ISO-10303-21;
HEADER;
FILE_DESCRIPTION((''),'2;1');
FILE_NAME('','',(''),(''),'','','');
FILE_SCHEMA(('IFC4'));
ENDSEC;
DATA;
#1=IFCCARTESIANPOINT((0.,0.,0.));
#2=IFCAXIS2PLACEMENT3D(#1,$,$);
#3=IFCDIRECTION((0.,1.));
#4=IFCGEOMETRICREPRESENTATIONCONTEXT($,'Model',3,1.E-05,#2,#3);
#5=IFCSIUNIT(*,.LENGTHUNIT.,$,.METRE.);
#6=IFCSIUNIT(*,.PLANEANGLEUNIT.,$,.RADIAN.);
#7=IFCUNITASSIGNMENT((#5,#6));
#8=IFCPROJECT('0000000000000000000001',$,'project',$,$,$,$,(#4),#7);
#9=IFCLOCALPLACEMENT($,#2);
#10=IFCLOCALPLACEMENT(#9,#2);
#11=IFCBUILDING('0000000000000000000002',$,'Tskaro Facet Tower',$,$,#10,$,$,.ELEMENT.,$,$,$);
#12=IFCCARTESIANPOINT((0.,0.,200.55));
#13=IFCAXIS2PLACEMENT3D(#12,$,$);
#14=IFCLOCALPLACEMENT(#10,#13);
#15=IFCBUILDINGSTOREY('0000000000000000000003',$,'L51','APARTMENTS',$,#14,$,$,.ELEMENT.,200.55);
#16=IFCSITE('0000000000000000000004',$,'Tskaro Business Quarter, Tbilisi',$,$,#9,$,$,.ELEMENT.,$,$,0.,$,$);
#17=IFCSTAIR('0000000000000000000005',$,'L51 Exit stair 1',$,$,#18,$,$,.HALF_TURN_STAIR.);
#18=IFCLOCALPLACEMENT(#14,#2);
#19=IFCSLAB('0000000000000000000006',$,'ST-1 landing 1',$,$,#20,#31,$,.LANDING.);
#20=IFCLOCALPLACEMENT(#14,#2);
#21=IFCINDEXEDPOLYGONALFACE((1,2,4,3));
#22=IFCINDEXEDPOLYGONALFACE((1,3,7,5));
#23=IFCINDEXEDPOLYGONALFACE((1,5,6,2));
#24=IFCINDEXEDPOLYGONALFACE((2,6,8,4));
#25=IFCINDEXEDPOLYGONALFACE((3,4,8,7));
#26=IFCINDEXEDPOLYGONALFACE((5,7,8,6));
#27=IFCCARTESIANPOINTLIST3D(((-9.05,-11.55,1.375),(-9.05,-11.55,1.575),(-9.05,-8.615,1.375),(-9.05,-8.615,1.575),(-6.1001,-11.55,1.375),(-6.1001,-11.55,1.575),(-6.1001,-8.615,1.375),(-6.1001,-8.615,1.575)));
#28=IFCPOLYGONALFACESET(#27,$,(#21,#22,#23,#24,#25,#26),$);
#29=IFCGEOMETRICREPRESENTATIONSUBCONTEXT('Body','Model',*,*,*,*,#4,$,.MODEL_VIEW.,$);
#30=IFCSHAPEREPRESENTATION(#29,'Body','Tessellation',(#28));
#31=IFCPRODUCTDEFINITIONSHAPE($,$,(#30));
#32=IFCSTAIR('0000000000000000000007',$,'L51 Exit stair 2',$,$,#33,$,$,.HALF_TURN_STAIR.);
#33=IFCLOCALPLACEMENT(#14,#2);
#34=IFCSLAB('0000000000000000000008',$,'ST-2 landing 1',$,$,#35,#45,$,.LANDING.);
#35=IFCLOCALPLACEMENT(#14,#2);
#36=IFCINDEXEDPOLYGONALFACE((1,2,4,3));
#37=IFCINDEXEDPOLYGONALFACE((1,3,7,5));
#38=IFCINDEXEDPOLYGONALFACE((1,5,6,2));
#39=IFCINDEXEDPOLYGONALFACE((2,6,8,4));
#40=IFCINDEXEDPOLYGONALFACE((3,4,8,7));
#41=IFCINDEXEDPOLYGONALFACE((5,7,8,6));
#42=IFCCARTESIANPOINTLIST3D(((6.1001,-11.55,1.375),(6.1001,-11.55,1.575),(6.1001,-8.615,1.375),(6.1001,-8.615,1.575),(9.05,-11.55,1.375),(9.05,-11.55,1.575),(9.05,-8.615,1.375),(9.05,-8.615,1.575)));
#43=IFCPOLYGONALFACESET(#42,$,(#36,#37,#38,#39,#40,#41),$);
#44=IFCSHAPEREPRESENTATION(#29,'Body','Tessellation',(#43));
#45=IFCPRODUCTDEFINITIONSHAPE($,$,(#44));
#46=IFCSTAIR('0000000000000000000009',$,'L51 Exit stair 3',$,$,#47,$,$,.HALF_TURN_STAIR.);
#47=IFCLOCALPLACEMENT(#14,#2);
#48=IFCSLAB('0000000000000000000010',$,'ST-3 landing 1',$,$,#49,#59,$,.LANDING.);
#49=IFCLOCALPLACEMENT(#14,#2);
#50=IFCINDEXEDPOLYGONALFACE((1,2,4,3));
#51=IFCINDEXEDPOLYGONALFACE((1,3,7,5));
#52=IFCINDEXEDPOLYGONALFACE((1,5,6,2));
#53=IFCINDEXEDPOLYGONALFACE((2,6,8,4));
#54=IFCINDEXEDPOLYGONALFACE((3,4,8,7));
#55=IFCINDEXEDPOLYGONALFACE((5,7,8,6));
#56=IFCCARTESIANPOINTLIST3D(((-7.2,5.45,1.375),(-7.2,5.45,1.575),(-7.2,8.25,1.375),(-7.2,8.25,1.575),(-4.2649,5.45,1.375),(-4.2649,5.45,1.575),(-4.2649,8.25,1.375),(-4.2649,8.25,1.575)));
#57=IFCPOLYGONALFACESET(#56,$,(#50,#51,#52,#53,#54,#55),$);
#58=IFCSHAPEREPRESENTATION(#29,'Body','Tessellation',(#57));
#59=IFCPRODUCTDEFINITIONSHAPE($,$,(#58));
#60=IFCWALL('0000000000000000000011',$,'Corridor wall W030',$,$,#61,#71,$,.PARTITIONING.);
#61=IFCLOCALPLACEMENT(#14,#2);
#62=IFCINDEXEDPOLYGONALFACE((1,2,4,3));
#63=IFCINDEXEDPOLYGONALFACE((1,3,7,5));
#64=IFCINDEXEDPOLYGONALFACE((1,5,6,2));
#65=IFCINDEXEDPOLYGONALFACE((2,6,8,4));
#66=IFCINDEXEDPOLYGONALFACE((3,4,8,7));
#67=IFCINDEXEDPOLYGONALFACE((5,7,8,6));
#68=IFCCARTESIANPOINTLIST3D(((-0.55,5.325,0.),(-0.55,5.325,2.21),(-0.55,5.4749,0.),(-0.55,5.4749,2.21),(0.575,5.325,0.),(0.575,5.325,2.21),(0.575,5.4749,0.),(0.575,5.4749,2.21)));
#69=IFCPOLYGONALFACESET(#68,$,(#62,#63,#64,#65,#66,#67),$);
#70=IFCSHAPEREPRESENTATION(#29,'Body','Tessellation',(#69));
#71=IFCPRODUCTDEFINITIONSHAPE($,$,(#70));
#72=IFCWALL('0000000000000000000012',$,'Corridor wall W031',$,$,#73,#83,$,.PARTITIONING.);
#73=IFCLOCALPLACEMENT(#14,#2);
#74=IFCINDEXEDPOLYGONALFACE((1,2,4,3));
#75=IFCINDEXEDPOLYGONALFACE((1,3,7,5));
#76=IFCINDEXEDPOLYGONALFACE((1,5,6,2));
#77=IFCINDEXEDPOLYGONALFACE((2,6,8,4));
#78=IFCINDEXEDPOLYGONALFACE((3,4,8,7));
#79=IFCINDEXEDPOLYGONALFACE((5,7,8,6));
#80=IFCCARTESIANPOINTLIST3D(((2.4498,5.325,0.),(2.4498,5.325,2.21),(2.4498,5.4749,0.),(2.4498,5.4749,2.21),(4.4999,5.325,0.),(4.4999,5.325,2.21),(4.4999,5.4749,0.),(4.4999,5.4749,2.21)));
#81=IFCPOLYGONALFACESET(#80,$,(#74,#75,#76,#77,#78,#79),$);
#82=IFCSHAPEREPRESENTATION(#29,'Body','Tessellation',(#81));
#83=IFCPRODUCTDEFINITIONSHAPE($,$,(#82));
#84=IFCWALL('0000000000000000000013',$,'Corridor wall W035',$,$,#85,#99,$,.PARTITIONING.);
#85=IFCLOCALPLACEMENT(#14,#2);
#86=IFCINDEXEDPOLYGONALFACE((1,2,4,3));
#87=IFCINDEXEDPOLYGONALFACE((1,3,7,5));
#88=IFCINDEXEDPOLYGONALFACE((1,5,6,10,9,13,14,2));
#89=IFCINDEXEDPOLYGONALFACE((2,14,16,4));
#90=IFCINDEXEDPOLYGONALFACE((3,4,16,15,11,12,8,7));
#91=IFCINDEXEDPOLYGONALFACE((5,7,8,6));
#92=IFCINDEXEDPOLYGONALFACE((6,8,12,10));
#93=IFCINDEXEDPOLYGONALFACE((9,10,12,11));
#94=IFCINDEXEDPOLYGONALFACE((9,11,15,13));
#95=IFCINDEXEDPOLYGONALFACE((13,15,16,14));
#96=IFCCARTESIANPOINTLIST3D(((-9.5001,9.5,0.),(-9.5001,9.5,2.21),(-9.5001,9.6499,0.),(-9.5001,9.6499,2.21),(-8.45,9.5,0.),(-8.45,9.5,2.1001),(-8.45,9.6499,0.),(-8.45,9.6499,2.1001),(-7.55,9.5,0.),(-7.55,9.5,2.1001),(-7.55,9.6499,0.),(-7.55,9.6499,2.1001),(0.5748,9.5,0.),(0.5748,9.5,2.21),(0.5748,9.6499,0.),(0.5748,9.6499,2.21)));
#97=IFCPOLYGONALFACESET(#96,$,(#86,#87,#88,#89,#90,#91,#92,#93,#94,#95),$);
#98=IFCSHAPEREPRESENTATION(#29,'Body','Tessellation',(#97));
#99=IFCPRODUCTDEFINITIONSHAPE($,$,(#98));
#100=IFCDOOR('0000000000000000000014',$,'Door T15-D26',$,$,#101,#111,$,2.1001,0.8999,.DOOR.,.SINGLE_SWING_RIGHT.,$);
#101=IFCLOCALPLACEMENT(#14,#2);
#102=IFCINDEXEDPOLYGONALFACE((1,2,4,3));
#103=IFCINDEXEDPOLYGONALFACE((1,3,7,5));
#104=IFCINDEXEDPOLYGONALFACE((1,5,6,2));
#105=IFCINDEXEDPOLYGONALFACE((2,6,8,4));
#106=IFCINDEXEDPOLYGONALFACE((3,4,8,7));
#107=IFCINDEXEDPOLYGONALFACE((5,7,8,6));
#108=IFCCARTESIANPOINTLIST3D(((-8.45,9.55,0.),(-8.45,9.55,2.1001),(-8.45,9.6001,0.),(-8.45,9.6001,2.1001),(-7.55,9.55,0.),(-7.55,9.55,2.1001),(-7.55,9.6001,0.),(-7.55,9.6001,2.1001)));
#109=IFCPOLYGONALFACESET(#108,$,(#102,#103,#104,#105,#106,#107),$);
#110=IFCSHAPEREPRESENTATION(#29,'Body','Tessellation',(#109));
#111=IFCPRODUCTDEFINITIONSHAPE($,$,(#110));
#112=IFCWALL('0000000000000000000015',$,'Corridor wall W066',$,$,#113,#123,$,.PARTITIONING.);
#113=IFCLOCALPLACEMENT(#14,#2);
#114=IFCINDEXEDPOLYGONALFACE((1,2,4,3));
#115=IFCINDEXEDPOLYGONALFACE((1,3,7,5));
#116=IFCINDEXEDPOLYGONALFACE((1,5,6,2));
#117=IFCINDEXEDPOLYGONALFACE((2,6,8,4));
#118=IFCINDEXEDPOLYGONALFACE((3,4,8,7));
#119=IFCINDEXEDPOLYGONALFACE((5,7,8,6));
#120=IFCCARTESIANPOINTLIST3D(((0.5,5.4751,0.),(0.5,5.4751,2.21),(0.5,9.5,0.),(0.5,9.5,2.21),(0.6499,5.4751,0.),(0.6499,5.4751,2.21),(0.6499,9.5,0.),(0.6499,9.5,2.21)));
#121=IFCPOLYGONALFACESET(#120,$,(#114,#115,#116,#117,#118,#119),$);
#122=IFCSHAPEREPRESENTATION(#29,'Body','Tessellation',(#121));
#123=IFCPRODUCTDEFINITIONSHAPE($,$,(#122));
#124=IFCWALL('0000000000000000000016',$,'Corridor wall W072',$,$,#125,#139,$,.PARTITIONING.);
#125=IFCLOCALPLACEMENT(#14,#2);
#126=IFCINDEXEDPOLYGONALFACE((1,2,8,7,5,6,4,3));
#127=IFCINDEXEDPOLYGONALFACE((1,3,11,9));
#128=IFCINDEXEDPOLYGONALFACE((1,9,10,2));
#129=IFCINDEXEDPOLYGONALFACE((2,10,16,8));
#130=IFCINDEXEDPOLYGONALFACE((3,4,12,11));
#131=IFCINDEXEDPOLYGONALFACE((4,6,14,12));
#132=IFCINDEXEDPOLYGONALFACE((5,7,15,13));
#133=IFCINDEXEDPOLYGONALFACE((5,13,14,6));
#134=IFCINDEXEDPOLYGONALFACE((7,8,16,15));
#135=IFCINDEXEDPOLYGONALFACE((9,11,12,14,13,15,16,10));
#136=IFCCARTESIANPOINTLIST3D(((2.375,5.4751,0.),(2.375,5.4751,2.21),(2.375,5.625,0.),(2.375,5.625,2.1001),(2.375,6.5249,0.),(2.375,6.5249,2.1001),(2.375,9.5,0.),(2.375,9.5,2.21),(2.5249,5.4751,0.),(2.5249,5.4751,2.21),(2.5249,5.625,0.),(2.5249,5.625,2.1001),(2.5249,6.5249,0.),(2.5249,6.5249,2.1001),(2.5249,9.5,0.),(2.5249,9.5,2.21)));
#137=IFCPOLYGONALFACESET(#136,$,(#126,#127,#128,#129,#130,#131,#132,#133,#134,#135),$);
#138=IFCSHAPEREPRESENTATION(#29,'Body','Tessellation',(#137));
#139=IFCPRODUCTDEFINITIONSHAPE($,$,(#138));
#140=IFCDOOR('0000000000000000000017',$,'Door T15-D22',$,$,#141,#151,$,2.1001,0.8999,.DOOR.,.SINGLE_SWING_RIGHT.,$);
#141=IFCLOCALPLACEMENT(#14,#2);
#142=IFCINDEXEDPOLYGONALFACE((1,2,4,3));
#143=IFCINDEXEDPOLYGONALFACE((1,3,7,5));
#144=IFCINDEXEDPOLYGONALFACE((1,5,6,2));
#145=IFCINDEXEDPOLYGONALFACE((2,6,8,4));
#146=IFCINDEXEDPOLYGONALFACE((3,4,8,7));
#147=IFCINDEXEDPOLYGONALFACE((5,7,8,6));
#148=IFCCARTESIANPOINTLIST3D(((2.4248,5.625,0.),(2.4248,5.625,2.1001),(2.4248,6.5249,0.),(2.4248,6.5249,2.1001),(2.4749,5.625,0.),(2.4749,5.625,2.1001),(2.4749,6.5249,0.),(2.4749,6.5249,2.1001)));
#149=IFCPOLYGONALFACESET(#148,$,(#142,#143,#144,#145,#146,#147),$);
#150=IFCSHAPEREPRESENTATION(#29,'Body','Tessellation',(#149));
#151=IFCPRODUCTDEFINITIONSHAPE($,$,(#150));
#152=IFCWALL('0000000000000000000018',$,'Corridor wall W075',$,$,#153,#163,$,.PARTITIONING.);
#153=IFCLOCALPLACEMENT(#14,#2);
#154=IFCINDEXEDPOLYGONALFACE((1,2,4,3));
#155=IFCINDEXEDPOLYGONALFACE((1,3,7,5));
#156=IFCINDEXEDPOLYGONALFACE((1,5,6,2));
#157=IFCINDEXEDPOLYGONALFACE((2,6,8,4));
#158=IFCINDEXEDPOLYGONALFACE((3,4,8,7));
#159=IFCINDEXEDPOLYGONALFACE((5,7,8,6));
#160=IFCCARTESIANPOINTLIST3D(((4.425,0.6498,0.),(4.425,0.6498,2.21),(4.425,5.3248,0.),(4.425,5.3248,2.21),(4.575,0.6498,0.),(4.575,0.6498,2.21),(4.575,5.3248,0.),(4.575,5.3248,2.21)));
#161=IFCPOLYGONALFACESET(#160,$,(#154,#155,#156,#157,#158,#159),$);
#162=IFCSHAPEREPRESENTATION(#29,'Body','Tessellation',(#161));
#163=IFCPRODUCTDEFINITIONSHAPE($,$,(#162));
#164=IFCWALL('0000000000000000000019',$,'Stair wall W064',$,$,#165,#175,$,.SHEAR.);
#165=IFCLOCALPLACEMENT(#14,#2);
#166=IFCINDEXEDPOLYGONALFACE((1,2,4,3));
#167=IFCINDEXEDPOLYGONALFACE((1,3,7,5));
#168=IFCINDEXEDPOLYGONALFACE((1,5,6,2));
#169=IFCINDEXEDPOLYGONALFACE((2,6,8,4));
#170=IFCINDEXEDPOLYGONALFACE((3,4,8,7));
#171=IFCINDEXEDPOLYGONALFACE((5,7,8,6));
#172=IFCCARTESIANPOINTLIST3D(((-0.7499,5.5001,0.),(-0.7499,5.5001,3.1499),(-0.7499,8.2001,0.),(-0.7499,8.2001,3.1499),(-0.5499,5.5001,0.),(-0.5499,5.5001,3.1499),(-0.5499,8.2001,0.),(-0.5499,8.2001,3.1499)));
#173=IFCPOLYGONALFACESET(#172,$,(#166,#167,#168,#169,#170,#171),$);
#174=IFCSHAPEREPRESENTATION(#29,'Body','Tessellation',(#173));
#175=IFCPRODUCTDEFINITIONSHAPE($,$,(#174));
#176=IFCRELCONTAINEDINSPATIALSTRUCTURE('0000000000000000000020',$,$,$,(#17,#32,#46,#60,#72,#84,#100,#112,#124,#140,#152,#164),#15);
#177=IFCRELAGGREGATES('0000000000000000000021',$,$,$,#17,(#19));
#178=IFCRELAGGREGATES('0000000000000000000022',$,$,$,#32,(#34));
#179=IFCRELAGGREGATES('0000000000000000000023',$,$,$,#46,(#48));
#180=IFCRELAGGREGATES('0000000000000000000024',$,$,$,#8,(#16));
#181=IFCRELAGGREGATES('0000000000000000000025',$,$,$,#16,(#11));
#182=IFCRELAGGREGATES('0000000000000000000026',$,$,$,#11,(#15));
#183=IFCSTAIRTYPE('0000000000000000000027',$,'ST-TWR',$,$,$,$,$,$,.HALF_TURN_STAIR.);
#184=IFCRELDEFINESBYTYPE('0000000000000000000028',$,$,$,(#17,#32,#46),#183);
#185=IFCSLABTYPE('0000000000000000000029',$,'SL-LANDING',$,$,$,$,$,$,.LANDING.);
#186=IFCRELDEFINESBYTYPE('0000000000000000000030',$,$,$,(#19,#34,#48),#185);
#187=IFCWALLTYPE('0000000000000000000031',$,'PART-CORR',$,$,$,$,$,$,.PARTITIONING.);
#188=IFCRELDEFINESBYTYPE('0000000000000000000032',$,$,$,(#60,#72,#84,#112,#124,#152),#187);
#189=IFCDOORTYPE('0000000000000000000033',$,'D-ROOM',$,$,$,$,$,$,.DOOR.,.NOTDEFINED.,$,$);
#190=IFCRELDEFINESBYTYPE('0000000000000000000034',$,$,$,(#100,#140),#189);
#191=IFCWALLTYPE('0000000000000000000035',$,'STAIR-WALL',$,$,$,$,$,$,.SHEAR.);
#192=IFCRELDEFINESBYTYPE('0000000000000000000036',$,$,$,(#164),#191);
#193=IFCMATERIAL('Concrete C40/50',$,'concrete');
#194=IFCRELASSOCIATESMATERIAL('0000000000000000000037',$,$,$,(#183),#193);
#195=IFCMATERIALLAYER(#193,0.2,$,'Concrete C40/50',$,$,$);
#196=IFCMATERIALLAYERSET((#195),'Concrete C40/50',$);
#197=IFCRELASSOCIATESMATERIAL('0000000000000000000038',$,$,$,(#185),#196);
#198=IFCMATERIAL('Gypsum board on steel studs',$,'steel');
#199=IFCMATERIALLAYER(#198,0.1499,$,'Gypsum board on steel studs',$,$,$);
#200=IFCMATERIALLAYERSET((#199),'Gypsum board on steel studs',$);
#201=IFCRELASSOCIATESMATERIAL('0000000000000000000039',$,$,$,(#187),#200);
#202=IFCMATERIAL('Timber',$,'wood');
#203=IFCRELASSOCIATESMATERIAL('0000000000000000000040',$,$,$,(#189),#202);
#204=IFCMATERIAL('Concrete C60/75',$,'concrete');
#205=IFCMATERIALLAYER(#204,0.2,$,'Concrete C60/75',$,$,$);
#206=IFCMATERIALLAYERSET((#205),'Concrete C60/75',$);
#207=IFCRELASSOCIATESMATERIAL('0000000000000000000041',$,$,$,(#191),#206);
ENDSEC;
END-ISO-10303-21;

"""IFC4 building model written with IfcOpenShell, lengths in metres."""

from ifc_helpers import new_model, si_unit, direction, frame, frame_2d, origin, place, context, subcontext, project, spatial, polyline, rectangle, outline, extrude, material, layer, layer_set, type_object, element, fill, aggregate, save


model = new_model("IFC4")

# Units and contexts
model_context = context("Model", 3, precision=1e-05, world=origin(), true_north=direction((0.0, 1.0)))
body_context = subcontext(model_context, "Body", "Model", "MODEL_VIEW")
ifc_project = project(units=[si_unit("LENGTHUNIT", "METRE"), si_unit("PLANEANGLEUNIT", "RADIAN")], contexts=[model_context])

# Site, building, storey
site_placement = place(None, origin())
site = spatial("IfcSite", under=ifc_project, at=site_placement, Name="Tskaro Business Quarter, Tbilisi", CompositionType="ELEMENT", RefElevation=0.0)
building_placement = place(site_placement, origin())
building = spatial("IfcBuilding", under=site, at=building_placement, Name="Tskaro Facet Tower", CompositionType="ELEMENT")
storey_placement = place(building_placement, frame((0.0, 0.0, 200.55)))
storey = spatial("IfcBuildingStorey", under=building, at=storey_placement, Name="L51", Description="APARTMENTS", CompositionType="ELEMENT", Elevation=200.55)

# Stairs, slabs
ifc_material_1 = material(Name="Concrete C40/50", Category="concrete")
stair_type = type_object("IfcStairType", Name="ST-TWR", PredefinedType="HALF_TURN_STAIR", material=ifc_material_1)
stair_1_placement = place(storey_placement, origin())
stair_1 = element("IfcStair", 1, at=stair_1_placement, inside=storey, type_object=stair_type, Name="L51 Exit stair 1", PredefinedType="HALF_TURN_STAIR")
ifc_layer_1 = layer(ifc_material_1, 0.2, Name="Concrete C40/50")
ifc_layer_set_1 = layer_set([ifc_layer_1], Name="Concrete C40/50")
slab_type = type_object("IfcSlabType", Name="SL-LANDING", PredefinedType="LANDING", material=ifc_layer_set_1)
slab_1_placement = place(storey_placement, frame((0.0, 0.0, 1.375)))
slab_1 = element("IfcSlab", 2, at=slab_1_placement, type_object=slab_type, Name="ST-1 landing 1", PredefinedType="LANDING", context=body_context, shape_type="SweptSolid", body=[
    extrude(outline(polyline([(-9.05, -11.55), (-6.1001, -11.55), (-6.1001, -8.615), (-9.05, -8.615), (-9.05, -11.55)])), origin(), (0.0, 0.0, 1.0), 0.2),
])
aggregate(stair_1, [slab_1])
stair_2_placement = place(storey_placement, origin())
stair_2 = element("IfcStair", 3, at=stair_2_placement, inside=storey, type_object=stair_type, Name="L51 Exit stair 2", PredefinedType="HALF_TURN_STAIR")
slab_2_placement = place(storey_placement, frame((0.0, 0.0, 1.375)))
slab_2 = element("IfcSlab", 4, at=slab_2_placement, type_object=slab_type, Name="ST-2 landing 1", PredefinedType="LANDING", context=body_context, shape_type="SweptSolid", body=[
    extrude(outline(polyline([(6.1001, -11.55), (9.05, -11.55), (9.05, -8.615), (6.1001, -8.615), (6.1001, -11.55)])), origin(), (0.0, 0.0, 1.0), 0.2),
])
aggregate(stair_2, [slab_2])
stair_3_placement = place(storey_placement, origin())
stair_3 = element("IfcStair", 5, at=stair_3_placement, inside=storey, type_object=stair_type, Name="L51 Exit stair 3", PredefinedType="HALF_TURN_STAIR")
slab_3_placement = place(storey_placement, frame((0.0, 0.0, 1.375)))
slab_3 = element("IfcSlab", 6, at=slab_3_placement, type_object=slab_type, Name="ST-3 landing 1", PredefinedType="LANDING", context=body_context, shape_type="SweptSolid", body=[
    extrude(outline(polyline([(-7.2, 5.45), (-4.2649, 5.45), (-4.2649, 8.25), (-7.2, 8.25), (-7.2, 5.45)])), origin(), (0.0, 0.0, 1.0), 0.2),
])

# Walls
ifc_material_2 = material(Name="Gypsum board on steel studs", Category="steel")
ifc_layer_2 = layer(ifc_material_2, 0.1499, Name="Gypsum board on steel studs")
ifc_layer_set_2 = layer_set([ifc_layer_2], Name="Gypsum board on steel studs")
wall_type_1 = type_object("IfcWallType", Name="PART-CORR", PredefinedType="PARTITIONING", material=ifc_layer_set_2)
wall_1_placement = place(storey_placement, frame((-0.55, 5.3999, 0.0), z_axis=(0.0, 0.0, 1.0), x_axis=(1.0, 0.0, 0.0)))
element("IfcWall", 7, at=wall_1_placement, inside=storey, type_object=wall_type_1, Name="Corridor wall W030", PredefinedType="PARTITIONING", context=body_context, shape_type="SweptSolid", body=[
    extrude(rectangle(XDim=1.125, YDim=0.1499, at=frame_2d((0.5625, 0.0))), origin(), (0.0, 0.0, 1.0), 2.21),
])
wall_2_placement = place(storey_placement, frame((2.45, 5.3999, 0.0), z_axis=(0.0, 0.0, 1.0), x_axis=(1.0, 0.0, 0.0)))
element("IfcWall", 8, at=wall_2_placement, inside=storey, type_object=wall_type_1, Name="Corridor wall W031", PredefinedType="PARTITIONING", context=body_context, shape_type="SweptSolid", body=[
    extrude(rectangle(XDim=2.05, YDim=0.1499, at=frame_2d((1.0249, 0.0))), origin(), (0.0, 0.0, 1.0), 2.21),
])

# Wall, opening, door
wall_3_placement = place(storey_placement, frame((0.575, 9.575, 0.0), z_axis=(0.0, 0.0, 1.0), x_axis=(-1.0, 0.0, 0.0)))
wall_3 = element("IfcWall", 9, at=wall_3_placement, inside=storey, type_object=wall_type_1, Name="Corridor wall W035", PredefinedType="PARTITIONING", context=body_context, shape_type="SweptSolid", body=[
    extrude(rectangle(XDim=10.075, YDim=0.1499, at=frame_2d((5.0376, 0.0))), origin(), (0.0, 0.0, 1.0), 2.21),
])
opening_1_placement = place(wall_3_placement, frame((8.125, 0.0, 0.0)))
opening_1 = element("IfcOpeningElement", 10, at=opening_1_placement, cuts=wall_3, PredefinedType="OPENING", context=body_context, shape_type="SweptSolid", body=[
    extrude(rectangle(XDim=0.8999, YDim=2.1001, at=frame_2d((0.45, 1.05))), frame((0.0, 0.085, 0.0), z_axis=(0.0, -1.0, 0.0), x_axis=(1.0, 0.0, 0.0)), (0.0, 0.0, 1.0), 0.1699),
])
ifc_material_3 = material(Name="Timber", Category="wood")
door_type = type_object("IfcDoorType", Name="D-ROOM", OperationType="NOTDEFINED", PredefinedType="DOOR", material=ifc_material_3)
door_1_placement = place(opening_1_placement, origin())
door_1 = element("IfcDoor", 11, at=door_1_placement, inside=storey, type_object=door_type, Name="Door T15-D26", OperationType="SINGLE_SWING_RIGHT", OverallHeight=2.1001, OverallWidth=0.8999, PredefinedType="DOOR", context=body_context, shape_type="SweptSolid", body=[
    extrude(rectangle(XDim=0.8999, YDim=2.1001, at=frame_2d((0.45, 1.05))), frame((0.0, 0.0249, 0.0), z_axis=(0.0, -1.0, 0.0), x_axis=(1.0, 0.0, 0.0)), (0.0, 0.0, 1.0), 0.05),
])
fill(opening_1, door_1)

# Wall
wall_4_placement = place(storey_placement, frame((0.575, 5.4751, 0.0), z_axis=(0.0, 0.0, 1.0), x_axis=(0.0, 1.0, 0.0)))
element("IfcWall", 12, at=wall_4_placement, inside=storey, type_object=wall_type_1, Name="Corridor wall W066", PredefinedType="PARTITIONING", context=body_context, shape_type="SweptSolid", body=[
    extrude(rectangle(XDim=4.0249, YDim=0.1499, at=frame_2d((2.0125, 0.0))), origin(), (0.0, 0.0, 1.0), 2.21),
])

# Wall, opening, door
wall_5_placement = place(storey_placement, frame((2.45, 9.5, 0.0), z_axis=(0.0, 0.0, 1.0), x_axis=(0.0, -1.0, 0.0)))
wall_5 = element("IfcWall", 13, at=wall_5_placement, inside=storey, type_object=wall_type_1, Name="Corridor wall W072", PredefinedType="PARTITIONING", context=body_context, shape_type="SweptSolid", body=[
    extrude(rectangle(XDim=4.0249, YDim=0.1499, at=frame_2d((2.0125, 0.0))), origin(), (0.0, 0.0, 1.0), 2.21),
])
opening_2_placement = place(wall_5_placement, frame((2.9751, 0.0, 0.0)))
opening_2 = element("IfcOpeningElement", 14, at=opening_2_placement, cuts=wall_5, PredefinedType="OPENING", context=body_context, shape_type="SweptSolid", body=[
    extrude(rectangle(XDim=0.8999, YDim=2.1001, at=frame_2d((0.45, 1.05))), frame((0.0, 0.085, 0.0), z_axis=(0.0, -1.0, 0.0), x_axis=(1.0, 0.0, 0.0)), (0.0, 0.0, 1.0), 0.1699),
])
door_2_placement = place(opening_2_placement, origin())
door_2 = element("IfcDoor", 15, at=door_2_placement, inside=storey, type_object=door_type, Name="Door T15-D22", OperationType="SINGLE_SWING_RIGHT", OverallHeight=2.1001, OverallWidth=0.8999, PredefinedType="DOOR", context=body_context, shape_type="SweptSolid", body=[
    extrude(rectangle(XDim=0.8999, YDim=2.1001, at=frame_2d((0.45, 1.05))), frame((0.0, 0.0249, 0.0), z_axis=(0.0, -1.0, 0.0), x_axis=(1.0, 0.0, 0.0)), (0.0, 0.0, 1.0), 0.05),
])
fill(opening_2, door_2)

# Walls
wall_6_placement = place(storey_placement, frame((4.5, 0.6499, 0.0), z_axis=(0.0, 0.0, 1.0), x_axis=(0.0, 1.0, 0.0)))
element("IfcWall", 16, at=wall_6_placement, inside=storey, type_object=wall_type_1, Name="Corridor wall W075", PredefinedType="PARTITIONING", context=body_context, shape_type="SweptSolid", body=[
    extrude(rectangle(XDim=4.675, YDim=0.1499, at=frame_2d((2.3374, 0.0))), origin(), (0.0, 0.0, 1.0), 2.21),
])
ifc_material_4 = material(Name="Concrete C60/75", Category="concrete")
ifc_layer_3 = layer(ifc_material_4, 0.2, Name="Concrete C60/75")
ifc_layer_set_3 = layer_set([ifc_layer_3], Name="Concrete C60/75")
wall_type_2 = type_object("IfcWallType", Name="STAIR-WALL", PredefinedType="SHEAR", material=ifc_layer_set_3)
wall_7_placement = place(storey_placement, frame((-0.6499, 5.5, 0.0), z_axis=(0.0, 0.0, 1.0), x_axis=(0.0, 1.0, 0.0)))
element("IfcWall", 17, at=wall_7_placement, inside=storey, type_object=wall_type_2, Name="Stair wall W064", PredefinedType="SHEAR", context=body_context, shape_type="SweptSolid", body=[
    extrude(rectangle(XDim=2.7, YDim=0.2, at=frame_2d((1.3501, 0.0))), origin(), (0.0, 0.0, 1.0), 3.1499),
])

aggregate(stair_3, [slab_3])

save(model, "model.ifc")
